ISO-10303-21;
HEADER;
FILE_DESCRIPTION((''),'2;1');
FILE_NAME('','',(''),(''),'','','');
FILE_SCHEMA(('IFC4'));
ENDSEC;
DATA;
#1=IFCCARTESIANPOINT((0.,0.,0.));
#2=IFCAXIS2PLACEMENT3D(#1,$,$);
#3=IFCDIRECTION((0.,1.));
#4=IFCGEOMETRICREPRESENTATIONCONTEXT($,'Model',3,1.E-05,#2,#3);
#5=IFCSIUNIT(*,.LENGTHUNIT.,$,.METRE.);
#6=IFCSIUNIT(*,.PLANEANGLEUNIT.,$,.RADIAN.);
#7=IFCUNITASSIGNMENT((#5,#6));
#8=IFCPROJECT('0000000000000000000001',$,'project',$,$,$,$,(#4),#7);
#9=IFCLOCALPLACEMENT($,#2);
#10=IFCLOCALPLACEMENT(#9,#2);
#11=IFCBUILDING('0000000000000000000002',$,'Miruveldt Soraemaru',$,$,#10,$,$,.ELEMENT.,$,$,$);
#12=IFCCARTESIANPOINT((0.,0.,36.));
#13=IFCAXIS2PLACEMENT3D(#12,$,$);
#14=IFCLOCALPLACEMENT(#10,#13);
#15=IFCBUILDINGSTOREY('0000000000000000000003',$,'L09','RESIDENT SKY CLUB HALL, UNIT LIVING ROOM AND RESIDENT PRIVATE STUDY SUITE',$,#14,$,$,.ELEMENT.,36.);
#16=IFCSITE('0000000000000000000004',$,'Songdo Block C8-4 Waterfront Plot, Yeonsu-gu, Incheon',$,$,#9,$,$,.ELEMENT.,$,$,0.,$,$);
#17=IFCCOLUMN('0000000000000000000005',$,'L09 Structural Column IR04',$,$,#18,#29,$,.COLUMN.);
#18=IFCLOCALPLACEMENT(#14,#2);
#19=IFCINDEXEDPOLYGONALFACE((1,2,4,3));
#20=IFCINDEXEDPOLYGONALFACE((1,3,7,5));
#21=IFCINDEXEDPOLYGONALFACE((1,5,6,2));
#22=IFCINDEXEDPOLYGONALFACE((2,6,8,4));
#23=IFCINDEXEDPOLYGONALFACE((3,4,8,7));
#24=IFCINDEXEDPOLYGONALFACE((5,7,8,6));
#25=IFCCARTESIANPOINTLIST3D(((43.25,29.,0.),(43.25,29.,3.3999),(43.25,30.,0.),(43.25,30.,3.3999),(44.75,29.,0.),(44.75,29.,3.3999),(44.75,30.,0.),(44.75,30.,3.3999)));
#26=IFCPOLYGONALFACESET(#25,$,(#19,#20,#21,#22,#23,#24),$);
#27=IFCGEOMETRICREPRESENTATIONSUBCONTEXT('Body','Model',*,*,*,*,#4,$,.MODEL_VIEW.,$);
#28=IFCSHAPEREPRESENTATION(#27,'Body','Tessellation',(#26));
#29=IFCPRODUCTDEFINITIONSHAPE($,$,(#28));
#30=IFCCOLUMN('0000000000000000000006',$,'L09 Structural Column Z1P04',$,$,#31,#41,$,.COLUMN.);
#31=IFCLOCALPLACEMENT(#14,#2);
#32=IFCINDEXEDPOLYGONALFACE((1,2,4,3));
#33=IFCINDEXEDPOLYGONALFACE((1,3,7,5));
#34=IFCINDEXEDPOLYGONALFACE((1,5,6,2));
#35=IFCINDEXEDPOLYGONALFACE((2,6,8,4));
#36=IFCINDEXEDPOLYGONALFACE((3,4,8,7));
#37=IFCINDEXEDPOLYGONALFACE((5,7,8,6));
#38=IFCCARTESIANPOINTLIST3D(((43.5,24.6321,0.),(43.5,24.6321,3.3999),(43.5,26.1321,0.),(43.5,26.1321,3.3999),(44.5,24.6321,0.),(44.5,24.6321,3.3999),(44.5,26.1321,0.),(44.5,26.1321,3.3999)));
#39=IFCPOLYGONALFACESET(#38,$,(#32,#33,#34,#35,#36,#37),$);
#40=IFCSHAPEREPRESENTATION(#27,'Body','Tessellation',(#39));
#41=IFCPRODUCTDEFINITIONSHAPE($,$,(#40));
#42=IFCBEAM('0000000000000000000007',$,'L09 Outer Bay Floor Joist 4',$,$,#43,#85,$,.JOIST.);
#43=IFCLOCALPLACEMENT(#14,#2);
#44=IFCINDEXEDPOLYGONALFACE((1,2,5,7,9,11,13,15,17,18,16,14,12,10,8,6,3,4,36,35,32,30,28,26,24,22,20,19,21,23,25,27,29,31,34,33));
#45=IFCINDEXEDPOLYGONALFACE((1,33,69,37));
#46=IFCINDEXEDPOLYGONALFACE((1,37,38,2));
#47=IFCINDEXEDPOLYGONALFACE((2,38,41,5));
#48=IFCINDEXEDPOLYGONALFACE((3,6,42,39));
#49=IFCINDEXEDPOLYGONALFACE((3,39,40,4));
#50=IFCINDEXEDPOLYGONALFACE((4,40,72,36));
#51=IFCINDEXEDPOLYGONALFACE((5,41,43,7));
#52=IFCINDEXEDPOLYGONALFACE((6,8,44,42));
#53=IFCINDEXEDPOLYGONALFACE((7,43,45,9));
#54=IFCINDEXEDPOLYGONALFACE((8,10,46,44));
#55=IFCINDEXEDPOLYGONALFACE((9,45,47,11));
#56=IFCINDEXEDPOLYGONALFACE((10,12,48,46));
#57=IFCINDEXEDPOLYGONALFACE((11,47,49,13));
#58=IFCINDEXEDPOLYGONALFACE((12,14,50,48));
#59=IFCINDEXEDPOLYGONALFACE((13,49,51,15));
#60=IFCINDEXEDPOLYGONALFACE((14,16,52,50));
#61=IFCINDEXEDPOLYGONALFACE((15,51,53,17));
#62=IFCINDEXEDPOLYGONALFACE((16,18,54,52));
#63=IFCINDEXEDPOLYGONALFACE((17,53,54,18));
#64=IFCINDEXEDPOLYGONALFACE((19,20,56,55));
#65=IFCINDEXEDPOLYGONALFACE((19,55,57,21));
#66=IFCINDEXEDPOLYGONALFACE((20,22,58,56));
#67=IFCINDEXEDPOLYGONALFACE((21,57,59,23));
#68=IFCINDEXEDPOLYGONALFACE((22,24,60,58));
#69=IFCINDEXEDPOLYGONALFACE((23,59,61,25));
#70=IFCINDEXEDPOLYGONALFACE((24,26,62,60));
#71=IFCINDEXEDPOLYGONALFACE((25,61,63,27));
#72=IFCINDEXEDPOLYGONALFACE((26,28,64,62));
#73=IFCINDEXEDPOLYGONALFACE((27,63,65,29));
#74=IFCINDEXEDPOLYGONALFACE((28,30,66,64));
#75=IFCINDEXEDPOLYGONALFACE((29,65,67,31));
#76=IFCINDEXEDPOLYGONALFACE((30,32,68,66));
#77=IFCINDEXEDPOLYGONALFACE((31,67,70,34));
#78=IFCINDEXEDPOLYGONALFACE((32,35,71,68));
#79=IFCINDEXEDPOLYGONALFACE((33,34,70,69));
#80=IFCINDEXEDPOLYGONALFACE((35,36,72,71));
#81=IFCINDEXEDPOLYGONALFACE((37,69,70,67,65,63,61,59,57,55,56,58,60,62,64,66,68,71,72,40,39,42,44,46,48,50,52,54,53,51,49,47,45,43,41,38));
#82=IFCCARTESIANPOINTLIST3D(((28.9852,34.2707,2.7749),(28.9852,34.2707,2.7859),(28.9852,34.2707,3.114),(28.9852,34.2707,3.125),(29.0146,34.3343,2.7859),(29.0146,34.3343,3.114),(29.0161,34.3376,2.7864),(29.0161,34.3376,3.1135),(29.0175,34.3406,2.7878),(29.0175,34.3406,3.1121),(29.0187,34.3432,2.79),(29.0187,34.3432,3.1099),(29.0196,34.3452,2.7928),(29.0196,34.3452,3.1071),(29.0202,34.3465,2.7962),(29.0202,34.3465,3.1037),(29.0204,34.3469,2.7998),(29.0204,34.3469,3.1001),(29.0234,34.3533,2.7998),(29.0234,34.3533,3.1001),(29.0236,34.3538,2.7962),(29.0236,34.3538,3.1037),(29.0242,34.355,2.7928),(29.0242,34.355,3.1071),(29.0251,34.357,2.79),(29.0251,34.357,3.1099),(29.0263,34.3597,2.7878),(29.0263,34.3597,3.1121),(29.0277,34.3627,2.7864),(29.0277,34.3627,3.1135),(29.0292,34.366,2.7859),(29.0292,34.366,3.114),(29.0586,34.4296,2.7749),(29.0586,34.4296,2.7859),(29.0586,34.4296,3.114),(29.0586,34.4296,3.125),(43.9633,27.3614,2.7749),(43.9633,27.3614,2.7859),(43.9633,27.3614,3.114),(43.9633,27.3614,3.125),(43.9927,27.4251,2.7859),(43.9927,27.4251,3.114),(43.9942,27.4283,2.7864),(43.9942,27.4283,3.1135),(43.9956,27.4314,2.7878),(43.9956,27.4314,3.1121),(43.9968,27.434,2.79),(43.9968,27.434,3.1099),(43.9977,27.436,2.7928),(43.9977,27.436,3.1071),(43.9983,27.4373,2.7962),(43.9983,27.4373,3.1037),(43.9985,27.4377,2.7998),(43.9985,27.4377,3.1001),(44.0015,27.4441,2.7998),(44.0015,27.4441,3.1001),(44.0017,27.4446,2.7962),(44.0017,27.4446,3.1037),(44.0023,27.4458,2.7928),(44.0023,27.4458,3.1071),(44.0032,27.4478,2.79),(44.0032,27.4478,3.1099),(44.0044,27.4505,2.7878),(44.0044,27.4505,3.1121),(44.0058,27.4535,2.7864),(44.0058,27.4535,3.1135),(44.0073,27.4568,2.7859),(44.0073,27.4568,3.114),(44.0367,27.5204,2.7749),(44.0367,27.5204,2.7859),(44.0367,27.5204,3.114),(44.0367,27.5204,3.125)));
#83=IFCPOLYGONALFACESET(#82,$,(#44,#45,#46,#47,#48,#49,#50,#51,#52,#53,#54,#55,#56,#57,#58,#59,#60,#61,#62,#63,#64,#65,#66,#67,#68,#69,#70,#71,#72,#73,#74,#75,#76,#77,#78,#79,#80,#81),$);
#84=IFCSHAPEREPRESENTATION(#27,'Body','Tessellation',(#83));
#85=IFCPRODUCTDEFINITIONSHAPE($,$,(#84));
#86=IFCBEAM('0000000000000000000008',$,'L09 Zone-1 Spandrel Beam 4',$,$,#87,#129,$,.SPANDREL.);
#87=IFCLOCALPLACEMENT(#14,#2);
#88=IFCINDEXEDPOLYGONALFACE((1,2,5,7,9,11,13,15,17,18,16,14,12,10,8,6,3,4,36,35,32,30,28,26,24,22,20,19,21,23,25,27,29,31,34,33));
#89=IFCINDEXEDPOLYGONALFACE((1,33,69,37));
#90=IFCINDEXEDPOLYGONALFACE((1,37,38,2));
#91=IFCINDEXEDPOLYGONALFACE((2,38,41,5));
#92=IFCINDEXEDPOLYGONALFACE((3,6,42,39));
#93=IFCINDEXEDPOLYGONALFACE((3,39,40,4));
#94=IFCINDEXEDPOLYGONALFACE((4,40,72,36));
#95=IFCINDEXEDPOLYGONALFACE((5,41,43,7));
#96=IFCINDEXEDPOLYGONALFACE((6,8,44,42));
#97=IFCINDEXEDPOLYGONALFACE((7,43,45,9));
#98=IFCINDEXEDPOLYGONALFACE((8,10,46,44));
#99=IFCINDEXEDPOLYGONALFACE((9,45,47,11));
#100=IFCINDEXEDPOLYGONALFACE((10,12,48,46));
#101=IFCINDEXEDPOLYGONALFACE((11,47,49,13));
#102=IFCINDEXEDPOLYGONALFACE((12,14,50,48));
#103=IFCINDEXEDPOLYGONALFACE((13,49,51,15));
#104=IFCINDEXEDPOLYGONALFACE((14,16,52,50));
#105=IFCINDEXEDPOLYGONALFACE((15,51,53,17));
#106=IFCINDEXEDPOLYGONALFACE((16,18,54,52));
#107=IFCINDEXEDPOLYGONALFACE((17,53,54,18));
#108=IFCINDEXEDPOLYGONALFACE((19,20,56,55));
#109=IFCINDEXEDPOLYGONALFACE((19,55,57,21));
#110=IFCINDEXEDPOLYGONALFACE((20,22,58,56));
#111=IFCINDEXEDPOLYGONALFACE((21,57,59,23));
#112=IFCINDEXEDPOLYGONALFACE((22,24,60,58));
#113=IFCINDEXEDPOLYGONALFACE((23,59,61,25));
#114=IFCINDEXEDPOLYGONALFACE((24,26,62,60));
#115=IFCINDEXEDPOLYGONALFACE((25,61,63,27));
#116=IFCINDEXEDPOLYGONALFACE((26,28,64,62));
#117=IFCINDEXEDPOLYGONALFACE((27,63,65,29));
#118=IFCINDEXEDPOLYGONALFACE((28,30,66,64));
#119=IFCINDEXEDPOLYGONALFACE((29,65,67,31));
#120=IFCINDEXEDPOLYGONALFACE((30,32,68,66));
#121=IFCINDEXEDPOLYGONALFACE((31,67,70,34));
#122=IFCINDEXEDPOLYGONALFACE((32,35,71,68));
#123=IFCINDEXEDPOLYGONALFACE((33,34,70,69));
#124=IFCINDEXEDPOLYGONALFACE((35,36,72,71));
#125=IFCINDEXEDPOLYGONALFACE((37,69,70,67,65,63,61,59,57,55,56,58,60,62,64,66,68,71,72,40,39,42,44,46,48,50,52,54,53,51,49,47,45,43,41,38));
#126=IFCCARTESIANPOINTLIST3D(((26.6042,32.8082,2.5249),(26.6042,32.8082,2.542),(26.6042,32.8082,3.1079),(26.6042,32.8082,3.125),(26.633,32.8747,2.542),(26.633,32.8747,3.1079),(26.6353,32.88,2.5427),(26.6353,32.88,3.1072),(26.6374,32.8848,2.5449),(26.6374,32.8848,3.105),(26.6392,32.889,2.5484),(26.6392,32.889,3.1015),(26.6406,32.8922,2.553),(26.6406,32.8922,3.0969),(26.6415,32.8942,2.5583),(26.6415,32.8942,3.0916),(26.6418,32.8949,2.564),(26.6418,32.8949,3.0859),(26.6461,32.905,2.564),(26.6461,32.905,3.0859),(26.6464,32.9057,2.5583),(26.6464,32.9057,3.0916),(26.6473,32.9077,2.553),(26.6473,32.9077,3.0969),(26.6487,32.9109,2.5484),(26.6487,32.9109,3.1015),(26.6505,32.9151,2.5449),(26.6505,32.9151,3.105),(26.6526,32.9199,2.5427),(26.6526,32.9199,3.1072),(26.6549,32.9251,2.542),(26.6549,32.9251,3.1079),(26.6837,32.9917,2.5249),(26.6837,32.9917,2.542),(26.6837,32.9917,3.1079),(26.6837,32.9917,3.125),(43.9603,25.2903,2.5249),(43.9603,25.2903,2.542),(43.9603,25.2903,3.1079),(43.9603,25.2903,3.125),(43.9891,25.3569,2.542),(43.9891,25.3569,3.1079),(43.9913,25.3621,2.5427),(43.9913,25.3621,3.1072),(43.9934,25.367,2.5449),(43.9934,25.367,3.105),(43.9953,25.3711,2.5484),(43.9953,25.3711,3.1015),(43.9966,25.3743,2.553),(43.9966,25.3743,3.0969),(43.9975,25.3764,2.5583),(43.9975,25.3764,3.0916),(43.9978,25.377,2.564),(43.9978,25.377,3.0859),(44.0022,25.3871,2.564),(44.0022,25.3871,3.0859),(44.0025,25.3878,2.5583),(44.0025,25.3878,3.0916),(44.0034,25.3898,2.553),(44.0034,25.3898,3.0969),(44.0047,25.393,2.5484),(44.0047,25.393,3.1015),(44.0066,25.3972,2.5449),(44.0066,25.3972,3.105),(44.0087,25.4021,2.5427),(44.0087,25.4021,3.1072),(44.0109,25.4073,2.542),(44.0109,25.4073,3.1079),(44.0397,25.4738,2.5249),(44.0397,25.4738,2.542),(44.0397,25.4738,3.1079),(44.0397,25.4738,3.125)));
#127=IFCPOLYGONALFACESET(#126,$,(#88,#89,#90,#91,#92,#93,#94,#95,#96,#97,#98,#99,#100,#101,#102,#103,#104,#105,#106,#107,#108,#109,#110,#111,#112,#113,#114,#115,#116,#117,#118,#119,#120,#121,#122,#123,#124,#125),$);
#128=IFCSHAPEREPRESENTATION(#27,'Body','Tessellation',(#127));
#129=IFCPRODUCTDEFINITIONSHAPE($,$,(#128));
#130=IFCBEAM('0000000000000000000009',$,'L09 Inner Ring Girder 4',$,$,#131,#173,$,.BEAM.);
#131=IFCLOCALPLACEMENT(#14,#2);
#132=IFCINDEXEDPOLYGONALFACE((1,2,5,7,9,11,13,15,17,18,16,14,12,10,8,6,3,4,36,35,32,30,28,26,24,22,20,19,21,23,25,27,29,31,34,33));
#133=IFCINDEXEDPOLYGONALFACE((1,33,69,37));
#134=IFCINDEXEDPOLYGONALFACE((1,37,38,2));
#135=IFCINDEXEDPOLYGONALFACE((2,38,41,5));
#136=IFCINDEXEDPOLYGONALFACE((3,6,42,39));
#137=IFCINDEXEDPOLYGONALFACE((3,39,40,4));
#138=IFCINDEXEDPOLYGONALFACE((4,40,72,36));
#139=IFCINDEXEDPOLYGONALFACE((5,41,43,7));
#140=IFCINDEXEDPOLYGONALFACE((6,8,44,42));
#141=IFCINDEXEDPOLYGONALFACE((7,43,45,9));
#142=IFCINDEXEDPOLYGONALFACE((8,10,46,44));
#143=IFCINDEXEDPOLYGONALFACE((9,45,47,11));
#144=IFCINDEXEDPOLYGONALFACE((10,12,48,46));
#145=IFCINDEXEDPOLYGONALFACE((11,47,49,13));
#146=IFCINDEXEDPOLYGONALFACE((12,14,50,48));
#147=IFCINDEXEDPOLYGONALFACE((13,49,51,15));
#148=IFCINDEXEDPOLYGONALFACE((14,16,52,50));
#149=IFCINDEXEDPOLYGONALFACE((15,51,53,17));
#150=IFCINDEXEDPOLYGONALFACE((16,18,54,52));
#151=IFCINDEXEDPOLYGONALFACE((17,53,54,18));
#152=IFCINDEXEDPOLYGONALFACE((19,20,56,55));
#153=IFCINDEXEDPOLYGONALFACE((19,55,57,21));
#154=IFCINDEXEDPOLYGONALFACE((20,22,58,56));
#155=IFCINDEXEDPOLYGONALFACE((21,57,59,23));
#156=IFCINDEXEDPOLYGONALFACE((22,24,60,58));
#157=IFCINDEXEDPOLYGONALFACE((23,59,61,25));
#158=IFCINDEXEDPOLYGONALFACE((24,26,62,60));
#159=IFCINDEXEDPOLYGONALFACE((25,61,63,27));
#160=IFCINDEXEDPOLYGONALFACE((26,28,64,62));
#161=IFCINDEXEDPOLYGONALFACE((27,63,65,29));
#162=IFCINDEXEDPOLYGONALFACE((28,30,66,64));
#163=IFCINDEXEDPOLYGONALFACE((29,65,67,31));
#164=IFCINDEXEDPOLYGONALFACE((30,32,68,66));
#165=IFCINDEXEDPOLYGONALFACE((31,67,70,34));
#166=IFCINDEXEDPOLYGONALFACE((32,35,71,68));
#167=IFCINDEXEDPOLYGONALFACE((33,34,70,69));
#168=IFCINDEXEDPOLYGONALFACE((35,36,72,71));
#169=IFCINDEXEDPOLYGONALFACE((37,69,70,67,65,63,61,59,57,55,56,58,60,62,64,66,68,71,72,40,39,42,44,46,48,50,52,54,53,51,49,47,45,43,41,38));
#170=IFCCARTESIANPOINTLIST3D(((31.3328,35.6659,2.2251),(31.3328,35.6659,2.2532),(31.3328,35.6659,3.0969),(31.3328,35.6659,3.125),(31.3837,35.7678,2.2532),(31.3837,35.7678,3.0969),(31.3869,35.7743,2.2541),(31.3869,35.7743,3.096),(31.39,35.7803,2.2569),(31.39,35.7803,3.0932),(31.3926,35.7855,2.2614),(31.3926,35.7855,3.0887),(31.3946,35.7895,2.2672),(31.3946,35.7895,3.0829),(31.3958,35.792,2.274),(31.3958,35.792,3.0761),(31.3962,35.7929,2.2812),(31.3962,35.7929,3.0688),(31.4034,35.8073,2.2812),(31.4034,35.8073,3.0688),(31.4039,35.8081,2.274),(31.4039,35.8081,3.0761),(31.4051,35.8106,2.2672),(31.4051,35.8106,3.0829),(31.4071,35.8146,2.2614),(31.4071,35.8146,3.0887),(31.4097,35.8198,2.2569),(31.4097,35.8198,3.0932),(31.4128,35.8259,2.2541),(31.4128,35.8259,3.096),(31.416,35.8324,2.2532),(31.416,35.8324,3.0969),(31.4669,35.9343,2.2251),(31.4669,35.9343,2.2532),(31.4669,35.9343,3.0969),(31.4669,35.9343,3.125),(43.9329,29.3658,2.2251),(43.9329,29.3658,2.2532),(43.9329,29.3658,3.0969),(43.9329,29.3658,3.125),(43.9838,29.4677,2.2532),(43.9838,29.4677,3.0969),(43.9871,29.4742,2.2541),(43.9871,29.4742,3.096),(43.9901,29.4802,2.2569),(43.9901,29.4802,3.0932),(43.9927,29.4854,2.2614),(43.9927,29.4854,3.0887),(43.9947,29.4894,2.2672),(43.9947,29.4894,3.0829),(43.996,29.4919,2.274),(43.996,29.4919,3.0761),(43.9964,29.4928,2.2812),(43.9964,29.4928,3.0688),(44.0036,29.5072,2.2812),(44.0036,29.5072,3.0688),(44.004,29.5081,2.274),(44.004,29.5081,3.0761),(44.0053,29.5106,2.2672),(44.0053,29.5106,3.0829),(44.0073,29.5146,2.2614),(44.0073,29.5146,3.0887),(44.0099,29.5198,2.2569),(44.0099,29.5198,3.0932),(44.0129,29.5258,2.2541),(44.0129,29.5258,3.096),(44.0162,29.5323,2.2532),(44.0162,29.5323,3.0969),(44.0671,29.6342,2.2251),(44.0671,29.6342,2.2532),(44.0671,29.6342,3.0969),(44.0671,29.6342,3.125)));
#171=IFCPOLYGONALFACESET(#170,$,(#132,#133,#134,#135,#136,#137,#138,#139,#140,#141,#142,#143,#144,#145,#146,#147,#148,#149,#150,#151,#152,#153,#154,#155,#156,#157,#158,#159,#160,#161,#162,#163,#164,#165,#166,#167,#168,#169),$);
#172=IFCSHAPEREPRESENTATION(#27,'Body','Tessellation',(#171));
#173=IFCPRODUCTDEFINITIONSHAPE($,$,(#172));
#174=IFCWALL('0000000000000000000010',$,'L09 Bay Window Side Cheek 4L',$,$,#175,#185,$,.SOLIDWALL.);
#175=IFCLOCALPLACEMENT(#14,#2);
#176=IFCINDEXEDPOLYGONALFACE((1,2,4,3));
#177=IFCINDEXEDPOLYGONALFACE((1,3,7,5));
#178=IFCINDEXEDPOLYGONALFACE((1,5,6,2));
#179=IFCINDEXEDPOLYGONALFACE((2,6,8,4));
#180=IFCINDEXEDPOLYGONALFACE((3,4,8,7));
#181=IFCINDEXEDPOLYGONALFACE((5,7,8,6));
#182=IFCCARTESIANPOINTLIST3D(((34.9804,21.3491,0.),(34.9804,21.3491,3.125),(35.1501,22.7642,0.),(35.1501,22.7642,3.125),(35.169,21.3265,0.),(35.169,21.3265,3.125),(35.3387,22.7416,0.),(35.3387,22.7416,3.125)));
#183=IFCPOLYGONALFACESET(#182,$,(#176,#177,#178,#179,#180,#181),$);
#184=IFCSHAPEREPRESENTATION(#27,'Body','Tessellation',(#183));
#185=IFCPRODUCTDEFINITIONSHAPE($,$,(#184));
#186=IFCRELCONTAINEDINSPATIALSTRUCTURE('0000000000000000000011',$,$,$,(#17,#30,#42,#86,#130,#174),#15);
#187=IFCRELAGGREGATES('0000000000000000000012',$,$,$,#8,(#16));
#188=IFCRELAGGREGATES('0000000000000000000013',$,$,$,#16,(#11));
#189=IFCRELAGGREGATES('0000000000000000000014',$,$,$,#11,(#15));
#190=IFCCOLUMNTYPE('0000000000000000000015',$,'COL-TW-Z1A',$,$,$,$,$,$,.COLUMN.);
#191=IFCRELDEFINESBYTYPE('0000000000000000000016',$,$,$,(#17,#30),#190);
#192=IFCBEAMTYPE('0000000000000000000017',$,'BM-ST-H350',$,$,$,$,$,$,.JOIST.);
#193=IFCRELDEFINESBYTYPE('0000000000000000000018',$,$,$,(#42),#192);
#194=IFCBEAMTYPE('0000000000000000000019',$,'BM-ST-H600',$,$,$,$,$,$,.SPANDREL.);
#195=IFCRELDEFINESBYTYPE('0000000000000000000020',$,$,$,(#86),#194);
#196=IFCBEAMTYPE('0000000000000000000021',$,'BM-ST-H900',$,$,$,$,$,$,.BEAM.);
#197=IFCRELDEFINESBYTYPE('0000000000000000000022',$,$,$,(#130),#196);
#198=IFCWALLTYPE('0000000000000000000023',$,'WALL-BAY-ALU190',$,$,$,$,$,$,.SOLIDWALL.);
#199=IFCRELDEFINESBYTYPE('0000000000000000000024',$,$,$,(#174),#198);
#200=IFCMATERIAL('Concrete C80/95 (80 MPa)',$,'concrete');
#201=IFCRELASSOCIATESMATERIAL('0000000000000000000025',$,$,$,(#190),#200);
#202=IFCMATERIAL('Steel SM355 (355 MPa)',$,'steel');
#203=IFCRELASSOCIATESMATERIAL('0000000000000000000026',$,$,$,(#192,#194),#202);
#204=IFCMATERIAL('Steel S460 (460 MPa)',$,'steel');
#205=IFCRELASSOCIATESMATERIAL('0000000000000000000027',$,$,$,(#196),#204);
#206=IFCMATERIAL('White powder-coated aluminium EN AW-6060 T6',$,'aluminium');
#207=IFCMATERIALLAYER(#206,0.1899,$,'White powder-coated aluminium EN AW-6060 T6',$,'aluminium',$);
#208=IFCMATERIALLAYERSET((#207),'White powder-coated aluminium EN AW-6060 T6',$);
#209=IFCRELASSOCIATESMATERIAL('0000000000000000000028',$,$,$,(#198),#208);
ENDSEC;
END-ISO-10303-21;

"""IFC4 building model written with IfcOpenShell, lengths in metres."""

from ifc_helpers import new_model, si_unit, direction, frame, frame_2d, origin, origin_2d, place, context, subcontext, project, spatial, rectangle, i_section, extrude, material, layer, layer_set, material_profile, profile_set, type_object, element, save


model = new_model("IFC4")

# Units and contexts
model_context = context("Model", 3, precision=1e-05, world=origin(), true_north=direction((0.0, 1.0)))
body_context = subcontext(model_context, "Body", "Model", "MODEL_VIEW")
ifc_project = project(units=[si_unit("LENGTHUNIT", "METRE"), si_unit("PLANEANGLEUNIT", "RADIAN")], contexts=[model_context])

# Site, building, storey
site_placement = place(None, origin())
site = spatial("IfcSite", under=ifc_project, at=site_placement, Name="Songdo Block C8-4 Waterfront Plot, Yeonsu-gu, Incheon", CompositionType="ELEMENT", RefElevation=0.0)
building_placement = place(site_placement, origin())
building = spatial("IfcBuilding", under=site, at=building_placement, Name="Miruveldt Soraemaru", CompositionType="ELEMENT")
storey_placement = place(building_placement, frame((0.0, 0.0, 36.0)))
storey = spatial("IfcBuildingStorey", under=building, at=storey_placement, Name="L09", Description="RESIDENT SKY CLUB HALL, UNIT LIVING ROOM AND RESIDENT PRIVATE STUDY SUITE", CompositionType="ELEMENT", Elevation=36.0)

# Columns
ifc_material_1 = material(Name="Concrete C80/95 (80 MPa)", Category="concrete")
ifc_material_profile_1 = material_profile(ifc_material_1, rectangle(XDim=1.5, YDim=1.0, at=origin_2d()), Name="Concrete C80/95 (80 MPa)", Category="concrete")
ifc_profile_set_1 = profile_set([ifc_material_profile_1], Name="Concrete C80/95 (80 MPa)")
column_type = type_object("IfcColumnType", Name="COL-TW-Z1A", PredefinedType="COLUMN", material=ifc_profile_set_1)
for number, where, z_axis, x_axis, name in (
    (1, (44.0, 29.5, 0.0), (0.0, 0.0, 1.0), (1.0, 0.0, 0.0), "L09 Structural Column IR04"),
    (2, (44.0, 25.3821, 0.0), (0.0, 0.0, 1.0), (0.0, 1.0, 0.0), "L09 Structural Column Z1P04"),
):
    element("IfcColumn", number, at=place(storey_placement, frame(where, z_axis=z_axis, x_axis=x_axis)), inside=storey, type_object=column_type, Name=name, PredefinedType="COLUMN", context=body_context, shape_type="SweptSolid", body=[
        extrude(rectangle(XDim=1.5, YDim=1.0, at=origin_2d()), origin(), (0.0, 0.0, 1.0), 3.3999),
    ])

# Beams
ifc_material_2 = material(Name="Steel SM355 (355 MPa)", Category="steel")
ifc_material_profile_2 = material_profile(ifc_material_2, i_section(OverallWidth=0.175, OverallDepth=0.3501, WebThickness=0.0071, FlangeThickness=0.011, FilletRadius=0.0139, at=origin_2d()), Name="Steel SM355 (355 MPa)", Category="steel")
ifc_profile_set_2 = profile_set([ifc_material_profile_2], Name="Steel SM355 (355 MPa)")
beam_type_1 = type_object("IfcBeamType", Name="BM-ST-H350", PredefinedType="JOIST", material=ifc_profile_set_2)
beam_1_placement = place(storey_placement, frame((44.0, 27.4409, 2.95), z_axis=(-0.908046, 0.41887, 0.0), x_axis=(-0.41887, -0.908046, 0.0)))
element("IfcBeam", 3, at=beam_1_placement, inside=storey, type_object=beam_type_1, Name="L09 Outer Bay Floor Joist 4", PredefinedType="JOIST", context=body_context, shape_type="SweptSolid", body=[
    extrude(i_section(OverallWidth=0.175, OverallDepth=0.3501, WebThickness=0.0071, FlangeThickness=0.011, FilletRadius=0.0139, at=origin_2d()), origin(), (0.0, 0.0, 1.0), 16.4949),
])
ifc_material_profile_3 = material_profile(ifc_material_2, i_section(OverallWidth=0.2, OverallDepth=0.6001, WebThickness=0.011, FlangeThickness=0.0171, FilletRadius=0.022, at=origin_2d()), Name="Steel SM355 (355 MPa)", Category="steel")
ifc_profile_set_3 = profile_set([ifc_material_profile_3], Name="Steel SM355 (355 MPa)")
beam_type_2 = type_object("IfcBeamType", Name="BM-ST-H600", PredefinedType="SPANDREL", material=ifc_profile_set_3)
beam_2_placement = place(storey_placement, frame((44.0, 25.3821, 2.825), z_axis=(-0.917615, 0.39747, 0.0), x_axis=(-0.39747, -0.917615, 0.0)))
element("IfcBeam", 4, at=beam_2_placement, inside=storey, type_object=beam_type_2, Name="L09 Zone-1 Spandrel Beam 4", PredefinedType="SPANDREL", context=body_context, shape_type="SweptSolid", body=[
    extrude(i_section(OverallWidth=0.2, OverallDepth=0.6001, WebThickness=0.011, FlangeThickness=0.0171, FilletRadius=0.022, at=origin_2d()), origin(), (0.0, 0.0, 1.0), 18.9143),
])
ifc_material_3 = material(Name="Steel S460 (460 MPa)", Category="steel")
ifc_material_profile_4 = material_profile(ifc_material_3, i_section(OverallWidth=0.3, OverallDepth=0.8999, WebThickness=0.0161, FlangeThickness=0.0281, FilletRadius=0.0281, at=origin_2d()), Name="Steel S460 (460 MPa)", Category="steel")
ifc_profile_set_4 = profile_set([ifc_material_profile_4], Name="Steel S460 (460 MPa)")
beam_type_3 = type_object("IfcBeamType", Name="BM-ST-H900", PredefinedType="BEAM", material=ifc_profile_set_4)
beam_3_placement = place(storey_placement, frame((44.0, 29.5, 2.675), z_axis=(-0.894427, 0.447214, 0.0), x_axis=(-0.447214, -0.894427, 0.0)))
element("IfcBeam", 5, at=beam_3_placement, inside=storey, type_object=beam_type_3, Name="L09 Inner Ring Girder 4", PredefinedType="BEAM", context=body_context, shape_type="SweptSolid", body=[
    extrude(i_section(OverallWidth=0.3, OverallDepth=0.8999, WebThickness=0.0161, FlangeThickness=0.0281, FilletRadius=0.0281, at=origin_2d()), origin(), (0.0, 0.0, 1.0), 14.0874),
])

# Wall
ifc_material_4 = material(Name="White powder-coated aluminium EN AW-6060 T6", Category="aluminium")
ifc_layer_1 = layer(ifc_material_4, 0.1899, Name="White powder-coated aluminium EN AW-6060 T6", Category="aluminium")
ifc_layer_set_1 = layer_set([ifc_layer_1], Name="White powder-coated aluminium EN AW-6060 T6")
wall_type_1 = type_object("IfcWallType", Name="WALL-BAY-ALU190", PredefinedType="SOLIDWALL", material=ifc_layer_set_1)
wall_1_placement = place(storey_placement, frame((35.2444, 22.7529, 0.0), z_axis=(0.0, 0.0, 1.0), x_axis=(-0.119057, -0.992887, 0.0)))
element("IfcWall", 6, at=wall_1_placement, inside=storey, type_object=wall_type_1, Name="L09 Bay Window Side Cheek 4L", PredefinedType="SOLIDWALL", context=body_context, shape_type="SweptSolid", body=[
    extrude(rectangle(XDim=1.4253, YDim=0.1899, at=frame_2d((0.7126, 0.0))), origin(), (0.0, 0.0, 1.0), 3.125),
])

save(model, "model.ifc")
